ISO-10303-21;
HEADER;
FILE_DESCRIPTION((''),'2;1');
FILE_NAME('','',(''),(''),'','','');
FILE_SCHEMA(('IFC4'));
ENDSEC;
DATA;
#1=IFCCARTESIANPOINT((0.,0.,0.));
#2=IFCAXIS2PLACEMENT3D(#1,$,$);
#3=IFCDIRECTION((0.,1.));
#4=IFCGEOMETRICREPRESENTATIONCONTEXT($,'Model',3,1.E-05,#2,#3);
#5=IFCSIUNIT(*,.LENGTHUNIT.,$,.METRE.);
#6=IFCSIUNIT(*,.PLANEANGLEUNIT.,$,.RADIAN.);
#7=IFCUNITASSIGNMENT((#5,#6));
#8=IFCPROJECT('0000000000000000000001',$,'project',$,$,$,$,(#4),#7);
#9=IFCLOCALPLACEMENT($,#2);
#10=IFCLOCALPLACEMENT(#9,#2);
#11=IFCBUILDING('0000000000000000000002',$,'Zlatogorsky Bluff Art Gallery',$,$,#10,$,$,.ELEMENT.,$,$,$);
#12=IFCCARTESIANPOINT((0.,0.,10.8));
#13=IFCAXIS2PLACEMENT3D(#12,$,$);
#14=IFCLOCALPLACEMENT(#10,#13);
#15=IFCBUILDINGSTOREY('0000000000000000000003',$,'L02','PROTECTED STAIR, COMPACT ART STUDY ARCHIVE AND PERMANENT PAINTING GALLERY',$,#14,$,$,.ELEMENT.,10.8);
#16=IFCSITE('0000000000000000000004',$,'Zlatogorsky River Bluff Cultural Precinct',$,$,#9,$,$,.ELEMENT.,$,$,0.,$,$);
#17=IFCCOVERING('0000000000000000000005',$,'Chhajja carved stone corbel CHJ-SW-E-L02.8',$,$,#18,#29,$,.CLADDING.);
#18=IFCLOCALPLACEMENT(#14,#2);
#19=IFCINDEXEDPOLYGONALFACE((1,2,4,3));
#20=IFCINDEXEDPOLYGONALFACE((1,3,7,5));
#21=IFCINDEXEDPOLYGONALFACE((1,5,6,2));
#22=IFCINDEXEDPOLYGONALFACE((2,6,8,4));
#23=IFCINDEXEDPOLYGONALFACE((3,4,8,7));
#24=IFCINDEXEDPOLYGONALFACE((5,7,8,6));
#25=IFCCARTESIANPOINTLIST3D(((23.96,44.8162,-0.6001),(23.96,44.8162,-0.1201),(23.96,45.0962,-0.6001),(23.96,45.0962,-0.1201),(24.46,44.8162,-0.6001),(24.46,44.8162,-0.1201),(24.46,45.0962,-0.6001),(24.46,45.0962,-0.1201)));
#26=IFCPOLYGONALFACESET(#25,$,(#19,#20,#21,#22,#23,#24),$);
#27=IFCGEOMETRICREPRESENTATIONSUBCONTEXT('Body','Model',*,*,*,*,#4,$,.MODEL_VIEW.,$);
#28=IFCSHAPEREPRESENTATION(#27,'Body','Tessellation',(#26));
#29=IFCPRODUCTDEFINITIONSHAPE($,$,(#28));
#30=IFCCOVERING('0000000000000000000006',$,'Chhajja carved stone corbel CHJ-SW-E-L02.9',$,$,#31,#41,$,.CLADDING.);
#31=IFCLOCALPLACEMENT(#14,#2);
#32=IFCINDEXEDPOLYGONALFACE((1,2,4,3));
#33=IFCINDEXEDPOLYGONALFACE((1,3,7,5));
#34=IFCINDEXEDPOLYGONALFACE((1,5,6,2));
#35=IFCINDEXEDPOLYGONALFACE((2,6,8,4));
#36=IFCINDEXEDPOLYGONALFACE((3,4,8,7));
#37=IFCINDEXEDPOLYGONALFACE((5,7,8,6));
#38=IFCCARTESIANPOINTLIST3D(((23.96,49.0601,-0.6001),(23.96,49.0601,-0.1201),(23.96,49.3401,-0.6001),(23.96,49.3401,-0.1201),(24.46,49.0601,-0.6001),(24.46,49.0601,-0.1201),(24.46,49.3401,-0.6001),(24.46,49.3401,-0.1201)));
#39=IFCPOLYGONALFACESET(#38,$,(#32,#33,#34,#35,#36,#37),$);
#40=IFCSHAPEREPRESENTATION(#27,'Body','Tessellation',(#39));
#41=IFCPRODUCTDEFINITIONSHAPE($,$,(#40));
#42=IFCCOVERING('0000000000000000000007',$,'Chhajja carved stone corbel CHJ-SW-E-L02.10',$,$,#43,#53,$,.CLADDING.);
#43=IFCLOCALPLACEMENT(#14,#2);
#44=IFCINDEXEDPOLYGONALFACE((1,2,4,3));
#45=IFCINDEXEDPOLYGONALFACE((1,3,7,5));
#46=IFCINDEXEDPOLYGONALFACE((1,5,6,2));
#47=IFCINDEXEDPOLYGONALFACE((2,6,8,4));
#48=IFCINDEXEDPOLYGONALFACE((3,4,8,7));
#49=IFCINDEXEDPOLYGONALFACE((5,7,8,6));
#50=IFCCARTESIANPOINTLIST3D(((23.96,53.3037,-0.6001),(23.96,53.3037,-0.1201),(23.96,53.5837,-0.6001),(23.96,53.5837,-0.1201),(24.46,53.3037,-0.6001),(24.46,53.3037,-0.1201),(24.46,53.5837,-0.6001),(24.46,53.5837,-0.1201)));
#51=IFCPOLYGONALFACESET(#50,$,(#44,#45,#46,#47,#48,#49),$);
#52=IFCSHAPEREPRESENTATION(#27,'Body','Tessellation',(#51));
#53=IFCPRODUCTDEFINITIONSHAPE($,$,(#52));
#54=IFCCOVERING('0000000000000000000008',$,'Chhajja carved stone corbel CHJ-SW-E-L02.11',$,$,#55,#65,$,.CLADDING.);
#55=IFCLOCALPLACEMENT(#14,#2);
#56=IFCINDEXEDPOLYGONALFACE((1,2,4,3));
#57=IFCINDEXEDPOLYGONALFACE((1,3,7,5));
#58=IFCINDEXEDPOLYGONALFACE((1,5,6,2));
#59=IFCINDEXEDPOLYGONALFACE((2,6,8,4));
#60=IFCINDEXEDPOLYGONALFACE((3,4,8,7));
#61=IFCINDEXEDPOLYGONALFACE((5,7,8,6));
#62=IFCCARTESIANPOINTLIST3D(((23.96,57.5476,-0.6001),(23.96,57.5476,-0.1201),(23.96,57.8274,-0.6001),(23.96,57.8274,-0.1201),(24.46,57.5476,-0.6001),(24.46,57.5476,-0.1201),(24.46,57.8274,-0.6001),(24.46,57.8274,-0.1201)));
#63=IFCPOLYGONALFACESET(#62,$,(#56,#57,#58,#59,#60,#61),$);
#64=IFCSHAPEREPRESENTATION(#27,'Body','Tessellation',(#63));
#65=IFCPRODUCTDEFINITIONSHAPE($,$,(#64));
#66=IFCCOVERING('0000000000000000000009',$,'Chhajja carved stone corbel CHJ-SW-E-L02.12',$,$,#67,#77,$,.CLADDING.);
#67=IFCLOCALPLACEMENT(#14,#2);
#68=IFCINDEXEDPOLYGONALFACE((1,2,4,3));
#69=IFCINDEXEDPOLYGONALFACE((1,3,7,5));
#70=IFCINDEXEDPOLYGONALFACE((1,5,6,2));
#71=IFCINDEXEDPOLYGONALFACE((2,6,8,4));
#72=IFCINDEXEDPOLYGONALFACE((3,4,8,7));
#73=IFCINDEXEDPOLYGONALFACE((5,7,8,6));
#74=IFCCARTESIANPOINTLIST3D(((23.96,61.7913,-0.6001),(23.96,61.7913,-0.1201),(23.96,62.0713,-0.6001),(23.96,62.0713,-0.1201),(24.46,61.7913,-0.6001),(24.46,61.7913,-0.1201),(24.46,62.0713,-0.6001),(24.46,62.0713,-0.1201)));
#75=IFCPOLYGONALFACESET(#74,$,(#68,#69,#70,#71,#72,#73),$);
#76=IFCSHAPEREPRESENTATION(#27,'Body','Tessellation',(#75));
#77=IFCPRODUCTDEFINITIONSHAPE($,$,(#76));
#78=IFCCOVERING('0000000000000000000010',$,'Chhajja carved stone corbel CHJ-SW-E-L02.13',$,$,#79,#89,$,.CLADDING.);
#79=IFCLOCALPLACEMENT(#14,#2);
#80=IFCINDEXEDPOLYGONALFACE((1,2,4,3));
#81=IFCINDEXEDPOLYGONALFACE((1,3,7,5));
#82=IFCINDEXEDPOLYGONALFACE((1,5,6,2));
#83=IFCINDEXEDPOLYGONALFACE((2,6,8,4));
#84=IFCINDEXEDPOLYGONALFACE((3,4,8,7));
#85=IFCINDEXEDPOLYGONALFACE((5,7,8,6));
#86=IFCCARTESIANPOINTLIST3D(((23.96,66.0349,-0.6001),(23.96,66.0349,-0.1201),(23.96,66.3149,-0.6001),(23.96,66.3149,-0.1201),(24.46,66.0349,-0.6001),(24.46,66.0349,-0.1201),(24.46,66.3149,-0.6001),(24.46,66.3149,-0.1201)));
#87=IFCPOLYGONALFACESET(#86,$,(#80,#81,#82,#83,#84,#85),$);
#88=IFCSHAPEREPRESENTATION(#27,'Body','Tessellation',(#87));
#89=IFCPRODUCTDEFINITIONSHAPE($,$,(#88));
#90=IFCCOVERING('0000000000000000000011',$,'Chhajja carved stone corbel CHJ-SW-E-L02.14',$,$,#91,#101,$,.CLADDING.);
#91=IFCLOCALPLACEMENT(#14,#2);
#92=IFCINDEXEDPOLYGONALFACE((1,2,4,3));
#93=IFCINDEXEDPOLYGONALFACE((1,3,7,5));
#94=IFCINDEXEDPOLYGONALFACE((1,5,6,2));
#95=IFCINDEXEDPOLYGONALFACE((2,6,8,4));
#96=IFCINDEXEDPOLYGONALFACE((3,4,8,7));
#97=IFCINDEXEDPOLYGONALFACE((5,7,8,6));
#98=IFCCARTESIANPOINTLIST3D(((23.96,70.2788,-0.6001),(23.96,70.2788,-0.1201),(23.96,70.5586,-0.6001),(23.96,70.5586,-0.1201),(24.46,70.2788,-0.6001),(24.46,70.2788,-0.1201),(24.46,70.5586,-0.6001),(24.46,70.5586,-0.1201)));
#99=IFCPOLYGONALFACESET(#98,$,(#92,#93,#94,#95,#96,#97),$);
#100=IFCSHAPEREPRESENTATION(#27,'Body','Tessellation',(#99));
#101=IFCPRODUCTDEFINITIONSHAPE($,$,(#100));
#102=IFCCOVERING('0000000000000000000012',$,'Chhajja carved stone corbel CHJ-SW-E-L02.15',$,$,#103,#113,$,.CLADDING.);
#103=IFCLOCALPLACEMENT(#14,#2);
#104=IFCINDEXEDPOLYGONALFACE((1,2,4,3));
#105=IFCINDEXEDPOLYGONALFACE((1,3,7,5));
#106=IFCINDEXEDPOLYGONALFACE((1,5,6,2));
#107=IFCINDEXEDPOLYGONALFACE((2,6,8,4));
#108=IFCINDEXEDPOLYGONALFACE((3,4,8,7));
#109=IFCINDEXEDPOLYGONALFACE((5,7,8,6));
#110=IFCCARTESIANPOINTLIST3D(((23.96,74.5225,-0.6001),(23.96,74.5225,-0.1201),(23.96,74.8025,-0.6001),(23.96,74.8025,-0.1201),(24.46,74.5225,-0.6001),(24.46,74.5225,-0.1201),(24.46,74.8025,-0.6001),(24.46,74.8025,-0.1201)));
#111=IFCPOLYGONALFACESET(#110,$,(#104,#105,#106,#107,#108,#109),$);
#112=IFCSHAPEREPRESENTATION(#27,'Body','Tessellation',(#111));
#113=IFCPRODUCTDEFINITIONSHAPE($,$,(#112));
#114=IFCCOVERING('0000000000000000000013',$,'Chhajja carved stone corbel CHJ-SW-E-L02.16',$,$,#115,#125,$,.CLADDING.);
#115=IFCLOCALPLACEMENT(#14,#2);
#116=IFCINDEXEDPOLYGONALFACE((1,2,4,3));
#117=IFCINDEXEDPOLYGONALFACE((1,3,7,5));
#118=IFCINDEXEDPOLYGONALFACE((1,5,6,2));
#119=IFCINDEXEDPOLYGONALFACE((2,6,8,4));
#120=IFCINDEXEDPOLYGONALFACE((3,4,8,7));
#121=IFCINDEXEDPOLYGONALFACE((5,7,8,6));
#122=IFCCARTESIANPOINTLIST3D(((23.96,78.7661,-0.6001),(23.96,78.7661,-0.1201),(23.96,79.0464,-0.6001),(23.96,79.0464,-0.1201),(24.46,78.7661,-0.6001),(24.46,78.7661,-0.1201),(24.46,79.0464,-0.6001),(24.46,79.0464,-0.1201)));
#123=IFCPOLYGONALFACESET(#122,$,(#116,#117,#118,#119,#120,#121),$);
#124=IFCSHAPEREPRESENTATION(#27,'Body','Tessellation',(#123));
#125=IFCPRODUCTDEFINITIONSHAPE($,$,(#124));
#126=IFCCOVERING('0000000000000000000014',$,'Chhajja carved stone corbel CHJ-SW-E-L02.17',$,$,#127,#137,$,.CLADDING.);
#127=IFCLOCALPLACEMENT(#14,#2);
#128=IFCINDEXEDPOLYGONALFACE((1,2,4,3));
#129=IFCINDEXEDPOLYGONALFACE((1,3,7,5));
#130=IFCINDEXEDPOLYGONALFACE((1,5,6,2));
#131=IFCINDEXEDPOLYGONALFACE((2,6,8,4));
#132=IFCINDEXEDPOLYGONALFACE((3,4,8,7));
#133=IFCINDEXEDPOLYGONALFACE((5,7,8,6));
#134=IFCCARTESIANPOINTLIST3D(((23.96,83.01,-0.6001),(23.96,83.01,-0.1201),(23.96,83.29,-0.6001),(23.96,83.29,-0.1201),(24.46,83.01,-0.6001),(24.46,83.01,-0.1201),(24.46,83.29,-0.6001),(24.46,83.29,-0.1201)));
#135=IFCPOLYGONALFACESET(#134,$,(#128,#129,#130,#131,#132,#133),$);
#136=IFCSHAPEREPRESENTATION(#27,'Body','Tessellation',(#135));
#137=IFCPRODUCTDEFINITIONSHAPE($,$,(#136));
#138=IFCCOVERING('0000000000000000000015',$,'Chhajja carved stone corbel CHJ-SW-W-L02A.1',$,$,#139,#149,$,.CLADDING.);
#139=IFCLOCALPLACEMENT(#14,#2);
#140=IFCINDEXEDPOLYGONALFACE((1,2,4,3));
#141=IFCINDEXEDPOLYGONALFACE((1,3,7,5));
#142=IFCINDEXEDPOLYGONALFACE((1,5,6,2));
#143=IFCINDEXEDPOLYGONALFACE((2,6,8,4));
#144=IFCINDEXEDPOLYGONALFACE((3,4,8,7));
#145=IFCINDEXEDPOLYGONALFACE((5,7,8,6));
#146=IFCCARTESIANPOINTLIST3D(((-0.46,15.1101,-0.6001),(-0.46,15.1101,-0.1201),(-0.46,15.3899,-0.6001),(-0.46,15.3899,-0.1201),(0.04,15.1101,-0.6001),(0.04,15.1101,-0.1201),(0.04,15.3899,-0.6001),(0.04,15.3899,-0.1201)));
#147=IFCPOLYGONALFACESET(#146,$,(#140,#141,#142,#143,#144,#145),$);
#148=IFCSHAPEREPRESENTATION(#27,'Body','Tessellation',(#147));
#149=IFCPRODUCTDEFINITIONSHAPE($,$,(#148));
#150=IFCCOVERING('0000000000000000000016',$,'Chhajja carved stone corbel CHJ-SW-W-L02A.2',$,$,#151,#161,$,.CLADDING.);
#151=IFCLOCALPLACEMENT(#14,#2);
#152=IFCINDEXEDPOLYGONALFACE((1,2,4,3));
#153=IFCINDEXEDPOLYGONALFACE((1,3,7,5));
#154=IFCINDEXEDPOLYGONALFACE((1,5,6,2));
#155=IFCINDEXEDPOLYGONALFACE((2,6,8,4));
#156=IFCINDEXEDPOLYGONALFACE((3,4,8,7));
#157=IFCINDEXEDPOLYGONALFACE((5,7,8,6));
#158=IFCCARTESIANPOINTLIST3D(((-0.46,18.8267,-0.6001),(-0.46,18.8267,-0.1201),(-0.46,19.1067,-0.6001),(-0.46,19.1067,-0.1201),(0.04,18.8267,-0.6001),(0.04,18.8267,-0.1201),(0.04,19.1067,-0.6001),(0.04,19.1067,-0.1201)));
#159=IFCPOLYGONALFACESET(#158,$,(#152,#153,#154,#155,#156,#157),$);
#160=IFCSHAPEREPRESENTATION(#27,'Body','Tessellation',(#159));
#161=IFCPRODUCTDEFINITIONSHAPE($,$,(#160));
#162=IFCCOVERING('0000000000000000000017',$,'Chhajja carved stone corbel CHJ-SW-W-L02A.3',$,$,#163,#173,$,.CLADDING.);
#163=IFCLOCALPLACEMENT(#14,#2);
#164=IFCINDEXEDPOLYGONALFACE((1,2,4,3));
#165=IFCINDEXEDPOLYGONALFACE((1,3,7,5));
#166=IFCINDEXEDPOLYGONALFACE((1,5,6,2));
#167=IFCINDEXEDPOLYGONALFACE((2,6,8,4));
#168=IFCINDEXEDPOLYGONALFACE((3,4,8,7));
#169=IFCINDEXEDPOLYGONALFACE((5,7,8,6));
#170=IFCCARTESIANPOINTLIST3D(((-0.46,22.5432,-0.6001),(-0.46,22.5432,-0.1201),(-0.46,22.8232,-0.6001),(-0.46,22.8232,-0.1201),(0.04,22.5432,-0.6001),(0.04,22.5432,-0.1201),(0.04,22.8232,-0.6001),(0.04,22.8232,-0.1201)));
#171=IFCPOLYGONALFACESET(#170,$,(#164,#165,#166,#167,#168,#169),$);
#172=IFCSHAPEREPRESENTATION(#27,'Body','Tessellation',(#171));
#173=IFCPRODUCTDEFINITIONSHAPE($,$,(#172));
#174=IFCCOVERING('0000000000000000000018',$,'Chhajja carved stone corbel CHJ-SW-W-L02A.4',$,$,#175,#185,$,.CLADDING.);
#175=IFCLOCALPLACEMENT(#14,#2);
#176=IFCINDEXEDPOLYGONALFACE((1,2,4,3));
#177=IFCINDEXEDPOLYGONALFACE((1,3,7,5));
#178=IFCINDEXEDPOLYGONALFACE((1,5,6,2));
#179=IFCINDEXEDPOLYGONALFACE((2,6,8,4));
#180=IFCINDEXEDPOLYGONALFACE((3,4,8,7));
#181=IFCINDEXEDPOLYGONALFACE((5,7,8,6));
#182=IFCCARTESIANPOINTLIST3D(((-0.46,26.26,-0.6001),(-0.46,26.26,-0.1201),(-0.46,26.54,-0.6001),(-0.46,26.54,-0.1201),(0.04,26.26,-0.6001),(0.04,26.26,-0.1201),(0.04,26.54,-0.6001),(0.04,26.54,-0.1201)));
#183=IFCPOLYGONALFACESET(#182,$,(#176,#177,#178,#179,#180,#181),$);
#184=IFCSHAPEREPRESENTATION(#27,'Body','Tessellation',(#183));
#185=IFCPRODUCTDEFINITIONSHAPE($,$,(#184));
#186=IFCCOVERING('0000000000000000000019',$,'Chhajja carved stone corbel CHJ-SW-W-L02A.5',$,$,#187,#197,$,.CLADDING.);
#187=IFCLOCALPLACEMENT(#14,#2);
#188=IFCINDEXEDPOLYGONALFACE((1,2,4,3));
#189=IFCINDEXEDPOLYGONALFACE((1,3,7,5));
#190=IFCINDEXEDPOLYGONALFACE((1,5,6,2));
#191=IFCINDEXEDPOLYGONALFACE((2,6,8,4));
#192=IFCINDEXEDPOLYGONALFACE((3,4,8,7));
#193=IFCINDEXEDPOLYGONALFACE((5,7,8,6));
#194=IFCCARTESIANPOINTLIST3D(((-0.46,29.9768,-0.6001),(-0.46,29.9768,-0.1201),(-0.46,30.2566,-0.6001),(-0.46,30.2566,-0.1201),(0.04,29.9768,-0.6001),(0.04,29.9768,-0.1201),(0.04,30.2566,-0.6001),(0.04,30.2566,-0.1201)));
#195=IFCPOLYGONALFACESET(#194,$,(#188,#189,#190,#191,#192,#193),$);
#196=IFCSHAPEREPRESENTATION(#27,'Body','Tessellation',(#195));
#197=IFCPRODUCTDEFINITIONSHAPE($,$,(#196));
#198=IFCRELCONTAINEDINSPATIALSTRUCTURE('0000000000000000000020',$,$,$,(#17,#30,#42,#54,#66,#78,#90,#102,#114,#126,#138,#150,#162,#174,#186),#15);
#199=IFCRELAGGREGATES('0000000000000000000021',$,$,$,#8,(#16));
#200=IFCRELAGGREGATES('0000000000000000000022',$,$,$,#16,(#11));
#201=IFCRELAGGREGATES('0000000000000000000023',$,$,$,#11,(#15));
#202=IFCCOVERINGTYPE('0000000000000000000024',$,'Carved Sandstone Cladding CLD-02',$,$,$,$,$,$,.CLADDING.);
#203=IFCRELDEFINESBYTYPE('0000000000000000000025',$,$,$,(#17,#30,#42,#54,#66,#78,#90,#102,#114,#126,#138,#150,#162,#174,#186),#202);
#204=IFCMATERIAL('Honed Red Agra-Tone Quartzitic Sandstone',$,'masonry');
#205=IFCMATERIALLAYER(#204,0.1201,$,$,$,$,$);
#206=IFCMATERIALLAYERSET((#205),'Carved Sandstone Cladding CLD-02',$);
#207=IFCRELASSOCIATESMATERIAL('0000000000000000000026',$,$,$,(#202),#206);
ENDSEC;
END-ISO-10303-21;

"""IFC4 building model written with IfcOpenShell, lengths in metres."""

from ifc_helpers import new_model, si_unit, direction, frame, origin, place, context, subcontext, project, spatial, polyline, outline, extrude, material, layer, layer_set, type_object, element, save


model = new_model("IFC4")

# Units and contexts
model_context = context("Model", 3, precision=1e-05, world=origin(), true_north=direction((0.0, 1.0)))
body_context = subcontext(model_context, "Body", "Model", "MODEL_VIEW")
ifc_project = project(units=[si_unit("LENGTHUNIT", "METRE"), si_unit("PLANEANGLEUNIT", "RADIAN")], contexts=[model_context])

# Site, building, storey
site_placement = place(None, origin())
site = spatial("IfcSite", under=ifc_project, at=site_placement, Name="Zlatogorsky River Bluff Cultural Precinct", CompositionType="ELEMENT", RefElevation=0.0)
building_placement = place(site_placement, origin())
building = spatial("IfcBuilding", under=site, at=building_placement, Name="Zlatogorsky Bluff Art Gallery", CompositionType="ELEMENT")
storey_placement = place(building_placement, frame((0.0, 0.0, 10.8)))
storey = spatial("IfcBuildingStorey", under=building, at=storey_placement, Name="L02", Description="PROTECTED STAIR, COMPACT ART STUDY ARCHIVE AND PERMANENT PAINTING GALLERY", CompositionType="ELEMENT", Elevation=10.8)

# Coverings
ifc_material = material(Name="Honed Red Agra-Tone Quartzitic Sandstone", Category="masonry")
ifc_layer = layer(ifc_material, 0.1201)
ifc_layer_set = layer_set([ifc_layer], Name="Carved Sandstone Cladding CLD-02")
covering_type = type_object("IfcCoveringType", Name="Carved Sandstone Cladding CLD-02", PredefinedType="CLADDING", material=ifc_layer_set)
covering_1_placement = place(storey_placement, frame((0.0, 0.0, -0.6001)))
element("IfcCovering", 1, at=covering_1_placement, inside=storey, type_object=covering_type, Name="Chhajja carved stone corbel CHJ-SW-E-L02.8", PredefinedType="CLADDING", context=body_context, shape_type="SweptSolid", body=[
    extrude(outline(polyline([(23.96, 44.8162), (23.96, 45.0962), (24.46, 45.0962), (24.46, 44.8162), (23.96, 44.8162)])), origin(), (0.0, 0.0, 1.0), 0.48),
])
covering_2_placement = place(storey_placement, frame((0.0, 0.0, -0.6001)))
element("IfcCovering", 2, at=covering_2_placement, inside=storey, type_object=covering_type, Name="Chhajja carved stone corbel CHJ-SW-E-L02.9", PredefinedType="CLADDING", context=body_context, shape_type="SweptSolid", body=[
    extrude(outline(polyline([(23.96, 49.0601), (23.96, 49.3401), (24.46, 49.3401), (24.46, 49.0601), (23.96, 49.0601)])), origin(), (0.0, 0.0, 1.0), 0.48),
])
covering_3_placement = place(storey_placement, frame((0.0, 0.0, -0.6001)))
element("IfcCovering", 3, at=covering_3_placement, inside=storey, type_object=covering_type, Name="Chhajja carved stone corbel CHJ-SW-E-L02.10", PredefinedType="CLADDING", context=body_context, shape_type="SweptSolid", body=[
    extrude(outline(polyline([(23.96, 53.3037), (23.96, 53.5837), (24.46, 53.5837), (24.46, 53.3037), (23.96, 53.3037)])), origin(), (0.0, 0.0, 1.0), 0.48),
])
covering_4_placement = place(storey_placement, frame((0.0, 0.0, -0.6001)))
element("IfcCovering", 4, at=covering_4_placement, inside=storey, type_object=covering_type, Name="Chhajja carved stone corbel CHJ-SW-E-L02.11", PredefinedType="CLADDING", context=body_context, shape_type="SweptSolid", body=[
    extrude(outline(polyline([(23.96, 57.5476), (23.96, 57.8274), (24.46, 57.8274), (24.46, 57.5476), (23.96, 57.5476)])), origin(), (0.0, 0.0, 1.0), 0.48),
])
covering_5_placement = place(storey_placement, frame((0.0, 0.0, -0.6001)))
element("IfcCovering", 5, at=covering_5_placement, inside=storey, type_object=covering_type, Name="Chhajja carved stone corbel CHJ-SW-E-L02.12", PredefinedType="CLADDING", context=body_context, shape_type="SweptSolid", body=[
    extrude(outline(polyline([(23.96, 61.7913), (23.96, 62.0713), (24.46, 62.0713), (24.46, 61.7913), (23.96, 61.7913)])), origin(), (0.0, 0.0, 1.0), 0.48),
])
covering_6_placement = place(storey_placement, frame((0.0, 0.0, -0.6001)))
element("IfcCovering", 6, at=covering_6_placement, inside=storey, type_object=covering_type, Name="Chhajja carved stone corbel CHJ-SW-E-L02.13", PredefinedType="CLADDING", context=body_context, shape_type="SweptSolid", body=[
    extrude(outline(polyline([(23.96, 66.0349), (23.96, 66.3149), (24.46, 66.3149), (24.46, 66.0349), (23.96, 66.0349)])), origin(), (0.0, 0.0, 1.0), 0.48),
])
covering_7_placement = place(storey_placement, frame((0.0, 0.0, -0.6001)))
element("IfcCovering", 7, at=covering_7_placement, inside=storey, type_object=covering_type, Name="Chhajja carved stone corbel CHJ-SW-E-L02.14", PredefinedType="CLADDING", context=body_context, shape_type="SweptSolid", body=[
    extrude(outline(polyline([(23.96, 70.2788), (23.96, 70.5586), (24.46, 70.5586), (24.46, 70.2788), (23.96, 70.2788)])), origin(), (0.0, 0.0, 1.0), 0.48),
])
covering_8_placement = place(storey_placement, frame((0.0, 0.0, -0.6001)))
element("IfcCovering", 8, at=covering_8_placement, inside=storey, type_object=covering_type, Name="Chhajja carved stone corbel CHJ-SW-E-L02.15", PredefinedType="CLADDING", context=body_context, shape_type="SweptSolid", body=[
    extrude(outline(polyline([(23.96, 74.5225), (23.96, 74.8025), (24.46, 74.8025), (24.46, 74.5225), (23.96, 74.5225)])), origin(), (0.0, 0.0, 1.0), 0.48),
])
covering_9_placement = place(storey_placement, frame((0.0, 0.0, -0.6001)))
element("IfcCovering", 9, at=covering_9_placement, inside=storey, type_object=covering_type, Name="Chhajja carved stone corbel CHJ-SW-E-L02.16", PredefinedType="CLADDING", context=body_context, shape_type="SweptSolid", body=[
    extrude(outline(polyline([(23.96, 78.7661), (23.96, 79.0464), (24.46, 79.0464), (24.46, 78.7661), (23.96, 78.7661)])), origin(), (0.0, 0.0, 1.0), 0.48),
])
covering_10_placement = place(storey_placement, frame((0.0, 0.0, -0.6001)))
element("IfcCovering", 10, at=covering_10_placement, inside=storey, type_object=covering_type, Name="Chhajja carved stone corbel CHJ-SW-E-L02.17", PredefinedType="CLADDING", context=body_context, shape_type="SweptSolid", body=[
    extrude(outline(polyline([(23.96, 83.01), (23.96, 83.29), (24.46, 83.29), (24.46, 83.01), (23.96, 83.01)])), origin(), (0.0, 0.0, 1.0), 0.48),
])
covering_11_placement = place(storey_placement, frame((0.0, 0.0, -0.6001)))
element("IfcCovering", 11, at=covering_11_placement, inside=storey, type_object=covering_type, Name="Chhajja carved stone corbel CHJ-SW-W-L02A.1", PredefinedType="CLADDING", context=body_context, shape_type="SweptSolid", body=[
    extrude(outline(polyline([(-0.46, 15.1101), (-0.46, 15.3899), (0.04, 15.3899), (0.04, 15.1101), (-0.46, 15.1101)])), origin(), (0.0, 0.0, 1.0), 0.48),
])
covering_12_placement = place(storey_placement, frame((0.0, 0.0, -0.6001)))
element("IfcCovering", 12, at=covering_12_placement, inside=storey, type_object=covering_type, Name="Chhajja carved stone corbel CHJ-SW-W-L02A.2", PredefinedType="CLADDING", context=body_context, shape_type="SweptSolid", body=[
    extrude(outline(polyline([(-0.46, 18.8267), (-0.46, 19.1067), (0.04, 19.1067), (0.04, 18.8267), (-0.46, 18.8267)])), origin(), (0.0, 0.0, 1.0), 0.48),
])
covering_13_placement = place(storey_placement, frame((0.0, 0.0, -0.6001)))
element("IfcCovering", 13, at=covering_13_placement, inside=storey, type_object=covering_type, Name="Chhajja carved stone corbel CHJ-SW-W-L02A.3", PredefinedType="CLADDING", context=body_context, shape_type="SweptSolid", body=[
    extrude(outline(polyline([(-0.46, 22.5432), (-0.46, 22.8232), (0.04, 22.8232), (0.04, 22.5432), (-0.46, 22.5432)])), origin(), (0.0, 0.0, 1.0), 0.48),
])
covering_14_placement = place(storey_placement, frame((0.0, 0.0, -0.6001)))
element("IfcCovering", 14, at=covering_14_placement, inside=storey, type_object=covering_type, Name="Chhajja carved stone corbel CHJ-SW-W-L02A.4", PredefinedType="CLADDING", context=body_context, shape_type="SweptSolid", body=[
    extrude(outline(polyline([(-0.46, 26.26), (-0.46, 26.54), (0.04, 26.54), (0.04, 26.26), (-0.46, 26.26)])), origin(), (0.0, 0.0, 1.0), 0.48),
])
covering_15_placement = place(storey_placement, frame((0.0, 0.0, -0.6001)))
element("IfcCovering", 15, at=covering_15_placement, inside=storey, type_object=covering_type, Name="Chhajja carved stone corbel CHJ-SW-W-L02A.5", PredefinedType="CLADDING", context=body_context, shape_type="SweptSolid", body=[
    extrude(outline(polyline([(-0.46, 29.9768), (-0.46, 30.2566), (0.04, 30.2566), (0.04, 29.9768), (-0.46, 29.9768)])), origin(), (0.0, 0.0, 1.0), 0.48),
])

save(model, "model.ifc")
